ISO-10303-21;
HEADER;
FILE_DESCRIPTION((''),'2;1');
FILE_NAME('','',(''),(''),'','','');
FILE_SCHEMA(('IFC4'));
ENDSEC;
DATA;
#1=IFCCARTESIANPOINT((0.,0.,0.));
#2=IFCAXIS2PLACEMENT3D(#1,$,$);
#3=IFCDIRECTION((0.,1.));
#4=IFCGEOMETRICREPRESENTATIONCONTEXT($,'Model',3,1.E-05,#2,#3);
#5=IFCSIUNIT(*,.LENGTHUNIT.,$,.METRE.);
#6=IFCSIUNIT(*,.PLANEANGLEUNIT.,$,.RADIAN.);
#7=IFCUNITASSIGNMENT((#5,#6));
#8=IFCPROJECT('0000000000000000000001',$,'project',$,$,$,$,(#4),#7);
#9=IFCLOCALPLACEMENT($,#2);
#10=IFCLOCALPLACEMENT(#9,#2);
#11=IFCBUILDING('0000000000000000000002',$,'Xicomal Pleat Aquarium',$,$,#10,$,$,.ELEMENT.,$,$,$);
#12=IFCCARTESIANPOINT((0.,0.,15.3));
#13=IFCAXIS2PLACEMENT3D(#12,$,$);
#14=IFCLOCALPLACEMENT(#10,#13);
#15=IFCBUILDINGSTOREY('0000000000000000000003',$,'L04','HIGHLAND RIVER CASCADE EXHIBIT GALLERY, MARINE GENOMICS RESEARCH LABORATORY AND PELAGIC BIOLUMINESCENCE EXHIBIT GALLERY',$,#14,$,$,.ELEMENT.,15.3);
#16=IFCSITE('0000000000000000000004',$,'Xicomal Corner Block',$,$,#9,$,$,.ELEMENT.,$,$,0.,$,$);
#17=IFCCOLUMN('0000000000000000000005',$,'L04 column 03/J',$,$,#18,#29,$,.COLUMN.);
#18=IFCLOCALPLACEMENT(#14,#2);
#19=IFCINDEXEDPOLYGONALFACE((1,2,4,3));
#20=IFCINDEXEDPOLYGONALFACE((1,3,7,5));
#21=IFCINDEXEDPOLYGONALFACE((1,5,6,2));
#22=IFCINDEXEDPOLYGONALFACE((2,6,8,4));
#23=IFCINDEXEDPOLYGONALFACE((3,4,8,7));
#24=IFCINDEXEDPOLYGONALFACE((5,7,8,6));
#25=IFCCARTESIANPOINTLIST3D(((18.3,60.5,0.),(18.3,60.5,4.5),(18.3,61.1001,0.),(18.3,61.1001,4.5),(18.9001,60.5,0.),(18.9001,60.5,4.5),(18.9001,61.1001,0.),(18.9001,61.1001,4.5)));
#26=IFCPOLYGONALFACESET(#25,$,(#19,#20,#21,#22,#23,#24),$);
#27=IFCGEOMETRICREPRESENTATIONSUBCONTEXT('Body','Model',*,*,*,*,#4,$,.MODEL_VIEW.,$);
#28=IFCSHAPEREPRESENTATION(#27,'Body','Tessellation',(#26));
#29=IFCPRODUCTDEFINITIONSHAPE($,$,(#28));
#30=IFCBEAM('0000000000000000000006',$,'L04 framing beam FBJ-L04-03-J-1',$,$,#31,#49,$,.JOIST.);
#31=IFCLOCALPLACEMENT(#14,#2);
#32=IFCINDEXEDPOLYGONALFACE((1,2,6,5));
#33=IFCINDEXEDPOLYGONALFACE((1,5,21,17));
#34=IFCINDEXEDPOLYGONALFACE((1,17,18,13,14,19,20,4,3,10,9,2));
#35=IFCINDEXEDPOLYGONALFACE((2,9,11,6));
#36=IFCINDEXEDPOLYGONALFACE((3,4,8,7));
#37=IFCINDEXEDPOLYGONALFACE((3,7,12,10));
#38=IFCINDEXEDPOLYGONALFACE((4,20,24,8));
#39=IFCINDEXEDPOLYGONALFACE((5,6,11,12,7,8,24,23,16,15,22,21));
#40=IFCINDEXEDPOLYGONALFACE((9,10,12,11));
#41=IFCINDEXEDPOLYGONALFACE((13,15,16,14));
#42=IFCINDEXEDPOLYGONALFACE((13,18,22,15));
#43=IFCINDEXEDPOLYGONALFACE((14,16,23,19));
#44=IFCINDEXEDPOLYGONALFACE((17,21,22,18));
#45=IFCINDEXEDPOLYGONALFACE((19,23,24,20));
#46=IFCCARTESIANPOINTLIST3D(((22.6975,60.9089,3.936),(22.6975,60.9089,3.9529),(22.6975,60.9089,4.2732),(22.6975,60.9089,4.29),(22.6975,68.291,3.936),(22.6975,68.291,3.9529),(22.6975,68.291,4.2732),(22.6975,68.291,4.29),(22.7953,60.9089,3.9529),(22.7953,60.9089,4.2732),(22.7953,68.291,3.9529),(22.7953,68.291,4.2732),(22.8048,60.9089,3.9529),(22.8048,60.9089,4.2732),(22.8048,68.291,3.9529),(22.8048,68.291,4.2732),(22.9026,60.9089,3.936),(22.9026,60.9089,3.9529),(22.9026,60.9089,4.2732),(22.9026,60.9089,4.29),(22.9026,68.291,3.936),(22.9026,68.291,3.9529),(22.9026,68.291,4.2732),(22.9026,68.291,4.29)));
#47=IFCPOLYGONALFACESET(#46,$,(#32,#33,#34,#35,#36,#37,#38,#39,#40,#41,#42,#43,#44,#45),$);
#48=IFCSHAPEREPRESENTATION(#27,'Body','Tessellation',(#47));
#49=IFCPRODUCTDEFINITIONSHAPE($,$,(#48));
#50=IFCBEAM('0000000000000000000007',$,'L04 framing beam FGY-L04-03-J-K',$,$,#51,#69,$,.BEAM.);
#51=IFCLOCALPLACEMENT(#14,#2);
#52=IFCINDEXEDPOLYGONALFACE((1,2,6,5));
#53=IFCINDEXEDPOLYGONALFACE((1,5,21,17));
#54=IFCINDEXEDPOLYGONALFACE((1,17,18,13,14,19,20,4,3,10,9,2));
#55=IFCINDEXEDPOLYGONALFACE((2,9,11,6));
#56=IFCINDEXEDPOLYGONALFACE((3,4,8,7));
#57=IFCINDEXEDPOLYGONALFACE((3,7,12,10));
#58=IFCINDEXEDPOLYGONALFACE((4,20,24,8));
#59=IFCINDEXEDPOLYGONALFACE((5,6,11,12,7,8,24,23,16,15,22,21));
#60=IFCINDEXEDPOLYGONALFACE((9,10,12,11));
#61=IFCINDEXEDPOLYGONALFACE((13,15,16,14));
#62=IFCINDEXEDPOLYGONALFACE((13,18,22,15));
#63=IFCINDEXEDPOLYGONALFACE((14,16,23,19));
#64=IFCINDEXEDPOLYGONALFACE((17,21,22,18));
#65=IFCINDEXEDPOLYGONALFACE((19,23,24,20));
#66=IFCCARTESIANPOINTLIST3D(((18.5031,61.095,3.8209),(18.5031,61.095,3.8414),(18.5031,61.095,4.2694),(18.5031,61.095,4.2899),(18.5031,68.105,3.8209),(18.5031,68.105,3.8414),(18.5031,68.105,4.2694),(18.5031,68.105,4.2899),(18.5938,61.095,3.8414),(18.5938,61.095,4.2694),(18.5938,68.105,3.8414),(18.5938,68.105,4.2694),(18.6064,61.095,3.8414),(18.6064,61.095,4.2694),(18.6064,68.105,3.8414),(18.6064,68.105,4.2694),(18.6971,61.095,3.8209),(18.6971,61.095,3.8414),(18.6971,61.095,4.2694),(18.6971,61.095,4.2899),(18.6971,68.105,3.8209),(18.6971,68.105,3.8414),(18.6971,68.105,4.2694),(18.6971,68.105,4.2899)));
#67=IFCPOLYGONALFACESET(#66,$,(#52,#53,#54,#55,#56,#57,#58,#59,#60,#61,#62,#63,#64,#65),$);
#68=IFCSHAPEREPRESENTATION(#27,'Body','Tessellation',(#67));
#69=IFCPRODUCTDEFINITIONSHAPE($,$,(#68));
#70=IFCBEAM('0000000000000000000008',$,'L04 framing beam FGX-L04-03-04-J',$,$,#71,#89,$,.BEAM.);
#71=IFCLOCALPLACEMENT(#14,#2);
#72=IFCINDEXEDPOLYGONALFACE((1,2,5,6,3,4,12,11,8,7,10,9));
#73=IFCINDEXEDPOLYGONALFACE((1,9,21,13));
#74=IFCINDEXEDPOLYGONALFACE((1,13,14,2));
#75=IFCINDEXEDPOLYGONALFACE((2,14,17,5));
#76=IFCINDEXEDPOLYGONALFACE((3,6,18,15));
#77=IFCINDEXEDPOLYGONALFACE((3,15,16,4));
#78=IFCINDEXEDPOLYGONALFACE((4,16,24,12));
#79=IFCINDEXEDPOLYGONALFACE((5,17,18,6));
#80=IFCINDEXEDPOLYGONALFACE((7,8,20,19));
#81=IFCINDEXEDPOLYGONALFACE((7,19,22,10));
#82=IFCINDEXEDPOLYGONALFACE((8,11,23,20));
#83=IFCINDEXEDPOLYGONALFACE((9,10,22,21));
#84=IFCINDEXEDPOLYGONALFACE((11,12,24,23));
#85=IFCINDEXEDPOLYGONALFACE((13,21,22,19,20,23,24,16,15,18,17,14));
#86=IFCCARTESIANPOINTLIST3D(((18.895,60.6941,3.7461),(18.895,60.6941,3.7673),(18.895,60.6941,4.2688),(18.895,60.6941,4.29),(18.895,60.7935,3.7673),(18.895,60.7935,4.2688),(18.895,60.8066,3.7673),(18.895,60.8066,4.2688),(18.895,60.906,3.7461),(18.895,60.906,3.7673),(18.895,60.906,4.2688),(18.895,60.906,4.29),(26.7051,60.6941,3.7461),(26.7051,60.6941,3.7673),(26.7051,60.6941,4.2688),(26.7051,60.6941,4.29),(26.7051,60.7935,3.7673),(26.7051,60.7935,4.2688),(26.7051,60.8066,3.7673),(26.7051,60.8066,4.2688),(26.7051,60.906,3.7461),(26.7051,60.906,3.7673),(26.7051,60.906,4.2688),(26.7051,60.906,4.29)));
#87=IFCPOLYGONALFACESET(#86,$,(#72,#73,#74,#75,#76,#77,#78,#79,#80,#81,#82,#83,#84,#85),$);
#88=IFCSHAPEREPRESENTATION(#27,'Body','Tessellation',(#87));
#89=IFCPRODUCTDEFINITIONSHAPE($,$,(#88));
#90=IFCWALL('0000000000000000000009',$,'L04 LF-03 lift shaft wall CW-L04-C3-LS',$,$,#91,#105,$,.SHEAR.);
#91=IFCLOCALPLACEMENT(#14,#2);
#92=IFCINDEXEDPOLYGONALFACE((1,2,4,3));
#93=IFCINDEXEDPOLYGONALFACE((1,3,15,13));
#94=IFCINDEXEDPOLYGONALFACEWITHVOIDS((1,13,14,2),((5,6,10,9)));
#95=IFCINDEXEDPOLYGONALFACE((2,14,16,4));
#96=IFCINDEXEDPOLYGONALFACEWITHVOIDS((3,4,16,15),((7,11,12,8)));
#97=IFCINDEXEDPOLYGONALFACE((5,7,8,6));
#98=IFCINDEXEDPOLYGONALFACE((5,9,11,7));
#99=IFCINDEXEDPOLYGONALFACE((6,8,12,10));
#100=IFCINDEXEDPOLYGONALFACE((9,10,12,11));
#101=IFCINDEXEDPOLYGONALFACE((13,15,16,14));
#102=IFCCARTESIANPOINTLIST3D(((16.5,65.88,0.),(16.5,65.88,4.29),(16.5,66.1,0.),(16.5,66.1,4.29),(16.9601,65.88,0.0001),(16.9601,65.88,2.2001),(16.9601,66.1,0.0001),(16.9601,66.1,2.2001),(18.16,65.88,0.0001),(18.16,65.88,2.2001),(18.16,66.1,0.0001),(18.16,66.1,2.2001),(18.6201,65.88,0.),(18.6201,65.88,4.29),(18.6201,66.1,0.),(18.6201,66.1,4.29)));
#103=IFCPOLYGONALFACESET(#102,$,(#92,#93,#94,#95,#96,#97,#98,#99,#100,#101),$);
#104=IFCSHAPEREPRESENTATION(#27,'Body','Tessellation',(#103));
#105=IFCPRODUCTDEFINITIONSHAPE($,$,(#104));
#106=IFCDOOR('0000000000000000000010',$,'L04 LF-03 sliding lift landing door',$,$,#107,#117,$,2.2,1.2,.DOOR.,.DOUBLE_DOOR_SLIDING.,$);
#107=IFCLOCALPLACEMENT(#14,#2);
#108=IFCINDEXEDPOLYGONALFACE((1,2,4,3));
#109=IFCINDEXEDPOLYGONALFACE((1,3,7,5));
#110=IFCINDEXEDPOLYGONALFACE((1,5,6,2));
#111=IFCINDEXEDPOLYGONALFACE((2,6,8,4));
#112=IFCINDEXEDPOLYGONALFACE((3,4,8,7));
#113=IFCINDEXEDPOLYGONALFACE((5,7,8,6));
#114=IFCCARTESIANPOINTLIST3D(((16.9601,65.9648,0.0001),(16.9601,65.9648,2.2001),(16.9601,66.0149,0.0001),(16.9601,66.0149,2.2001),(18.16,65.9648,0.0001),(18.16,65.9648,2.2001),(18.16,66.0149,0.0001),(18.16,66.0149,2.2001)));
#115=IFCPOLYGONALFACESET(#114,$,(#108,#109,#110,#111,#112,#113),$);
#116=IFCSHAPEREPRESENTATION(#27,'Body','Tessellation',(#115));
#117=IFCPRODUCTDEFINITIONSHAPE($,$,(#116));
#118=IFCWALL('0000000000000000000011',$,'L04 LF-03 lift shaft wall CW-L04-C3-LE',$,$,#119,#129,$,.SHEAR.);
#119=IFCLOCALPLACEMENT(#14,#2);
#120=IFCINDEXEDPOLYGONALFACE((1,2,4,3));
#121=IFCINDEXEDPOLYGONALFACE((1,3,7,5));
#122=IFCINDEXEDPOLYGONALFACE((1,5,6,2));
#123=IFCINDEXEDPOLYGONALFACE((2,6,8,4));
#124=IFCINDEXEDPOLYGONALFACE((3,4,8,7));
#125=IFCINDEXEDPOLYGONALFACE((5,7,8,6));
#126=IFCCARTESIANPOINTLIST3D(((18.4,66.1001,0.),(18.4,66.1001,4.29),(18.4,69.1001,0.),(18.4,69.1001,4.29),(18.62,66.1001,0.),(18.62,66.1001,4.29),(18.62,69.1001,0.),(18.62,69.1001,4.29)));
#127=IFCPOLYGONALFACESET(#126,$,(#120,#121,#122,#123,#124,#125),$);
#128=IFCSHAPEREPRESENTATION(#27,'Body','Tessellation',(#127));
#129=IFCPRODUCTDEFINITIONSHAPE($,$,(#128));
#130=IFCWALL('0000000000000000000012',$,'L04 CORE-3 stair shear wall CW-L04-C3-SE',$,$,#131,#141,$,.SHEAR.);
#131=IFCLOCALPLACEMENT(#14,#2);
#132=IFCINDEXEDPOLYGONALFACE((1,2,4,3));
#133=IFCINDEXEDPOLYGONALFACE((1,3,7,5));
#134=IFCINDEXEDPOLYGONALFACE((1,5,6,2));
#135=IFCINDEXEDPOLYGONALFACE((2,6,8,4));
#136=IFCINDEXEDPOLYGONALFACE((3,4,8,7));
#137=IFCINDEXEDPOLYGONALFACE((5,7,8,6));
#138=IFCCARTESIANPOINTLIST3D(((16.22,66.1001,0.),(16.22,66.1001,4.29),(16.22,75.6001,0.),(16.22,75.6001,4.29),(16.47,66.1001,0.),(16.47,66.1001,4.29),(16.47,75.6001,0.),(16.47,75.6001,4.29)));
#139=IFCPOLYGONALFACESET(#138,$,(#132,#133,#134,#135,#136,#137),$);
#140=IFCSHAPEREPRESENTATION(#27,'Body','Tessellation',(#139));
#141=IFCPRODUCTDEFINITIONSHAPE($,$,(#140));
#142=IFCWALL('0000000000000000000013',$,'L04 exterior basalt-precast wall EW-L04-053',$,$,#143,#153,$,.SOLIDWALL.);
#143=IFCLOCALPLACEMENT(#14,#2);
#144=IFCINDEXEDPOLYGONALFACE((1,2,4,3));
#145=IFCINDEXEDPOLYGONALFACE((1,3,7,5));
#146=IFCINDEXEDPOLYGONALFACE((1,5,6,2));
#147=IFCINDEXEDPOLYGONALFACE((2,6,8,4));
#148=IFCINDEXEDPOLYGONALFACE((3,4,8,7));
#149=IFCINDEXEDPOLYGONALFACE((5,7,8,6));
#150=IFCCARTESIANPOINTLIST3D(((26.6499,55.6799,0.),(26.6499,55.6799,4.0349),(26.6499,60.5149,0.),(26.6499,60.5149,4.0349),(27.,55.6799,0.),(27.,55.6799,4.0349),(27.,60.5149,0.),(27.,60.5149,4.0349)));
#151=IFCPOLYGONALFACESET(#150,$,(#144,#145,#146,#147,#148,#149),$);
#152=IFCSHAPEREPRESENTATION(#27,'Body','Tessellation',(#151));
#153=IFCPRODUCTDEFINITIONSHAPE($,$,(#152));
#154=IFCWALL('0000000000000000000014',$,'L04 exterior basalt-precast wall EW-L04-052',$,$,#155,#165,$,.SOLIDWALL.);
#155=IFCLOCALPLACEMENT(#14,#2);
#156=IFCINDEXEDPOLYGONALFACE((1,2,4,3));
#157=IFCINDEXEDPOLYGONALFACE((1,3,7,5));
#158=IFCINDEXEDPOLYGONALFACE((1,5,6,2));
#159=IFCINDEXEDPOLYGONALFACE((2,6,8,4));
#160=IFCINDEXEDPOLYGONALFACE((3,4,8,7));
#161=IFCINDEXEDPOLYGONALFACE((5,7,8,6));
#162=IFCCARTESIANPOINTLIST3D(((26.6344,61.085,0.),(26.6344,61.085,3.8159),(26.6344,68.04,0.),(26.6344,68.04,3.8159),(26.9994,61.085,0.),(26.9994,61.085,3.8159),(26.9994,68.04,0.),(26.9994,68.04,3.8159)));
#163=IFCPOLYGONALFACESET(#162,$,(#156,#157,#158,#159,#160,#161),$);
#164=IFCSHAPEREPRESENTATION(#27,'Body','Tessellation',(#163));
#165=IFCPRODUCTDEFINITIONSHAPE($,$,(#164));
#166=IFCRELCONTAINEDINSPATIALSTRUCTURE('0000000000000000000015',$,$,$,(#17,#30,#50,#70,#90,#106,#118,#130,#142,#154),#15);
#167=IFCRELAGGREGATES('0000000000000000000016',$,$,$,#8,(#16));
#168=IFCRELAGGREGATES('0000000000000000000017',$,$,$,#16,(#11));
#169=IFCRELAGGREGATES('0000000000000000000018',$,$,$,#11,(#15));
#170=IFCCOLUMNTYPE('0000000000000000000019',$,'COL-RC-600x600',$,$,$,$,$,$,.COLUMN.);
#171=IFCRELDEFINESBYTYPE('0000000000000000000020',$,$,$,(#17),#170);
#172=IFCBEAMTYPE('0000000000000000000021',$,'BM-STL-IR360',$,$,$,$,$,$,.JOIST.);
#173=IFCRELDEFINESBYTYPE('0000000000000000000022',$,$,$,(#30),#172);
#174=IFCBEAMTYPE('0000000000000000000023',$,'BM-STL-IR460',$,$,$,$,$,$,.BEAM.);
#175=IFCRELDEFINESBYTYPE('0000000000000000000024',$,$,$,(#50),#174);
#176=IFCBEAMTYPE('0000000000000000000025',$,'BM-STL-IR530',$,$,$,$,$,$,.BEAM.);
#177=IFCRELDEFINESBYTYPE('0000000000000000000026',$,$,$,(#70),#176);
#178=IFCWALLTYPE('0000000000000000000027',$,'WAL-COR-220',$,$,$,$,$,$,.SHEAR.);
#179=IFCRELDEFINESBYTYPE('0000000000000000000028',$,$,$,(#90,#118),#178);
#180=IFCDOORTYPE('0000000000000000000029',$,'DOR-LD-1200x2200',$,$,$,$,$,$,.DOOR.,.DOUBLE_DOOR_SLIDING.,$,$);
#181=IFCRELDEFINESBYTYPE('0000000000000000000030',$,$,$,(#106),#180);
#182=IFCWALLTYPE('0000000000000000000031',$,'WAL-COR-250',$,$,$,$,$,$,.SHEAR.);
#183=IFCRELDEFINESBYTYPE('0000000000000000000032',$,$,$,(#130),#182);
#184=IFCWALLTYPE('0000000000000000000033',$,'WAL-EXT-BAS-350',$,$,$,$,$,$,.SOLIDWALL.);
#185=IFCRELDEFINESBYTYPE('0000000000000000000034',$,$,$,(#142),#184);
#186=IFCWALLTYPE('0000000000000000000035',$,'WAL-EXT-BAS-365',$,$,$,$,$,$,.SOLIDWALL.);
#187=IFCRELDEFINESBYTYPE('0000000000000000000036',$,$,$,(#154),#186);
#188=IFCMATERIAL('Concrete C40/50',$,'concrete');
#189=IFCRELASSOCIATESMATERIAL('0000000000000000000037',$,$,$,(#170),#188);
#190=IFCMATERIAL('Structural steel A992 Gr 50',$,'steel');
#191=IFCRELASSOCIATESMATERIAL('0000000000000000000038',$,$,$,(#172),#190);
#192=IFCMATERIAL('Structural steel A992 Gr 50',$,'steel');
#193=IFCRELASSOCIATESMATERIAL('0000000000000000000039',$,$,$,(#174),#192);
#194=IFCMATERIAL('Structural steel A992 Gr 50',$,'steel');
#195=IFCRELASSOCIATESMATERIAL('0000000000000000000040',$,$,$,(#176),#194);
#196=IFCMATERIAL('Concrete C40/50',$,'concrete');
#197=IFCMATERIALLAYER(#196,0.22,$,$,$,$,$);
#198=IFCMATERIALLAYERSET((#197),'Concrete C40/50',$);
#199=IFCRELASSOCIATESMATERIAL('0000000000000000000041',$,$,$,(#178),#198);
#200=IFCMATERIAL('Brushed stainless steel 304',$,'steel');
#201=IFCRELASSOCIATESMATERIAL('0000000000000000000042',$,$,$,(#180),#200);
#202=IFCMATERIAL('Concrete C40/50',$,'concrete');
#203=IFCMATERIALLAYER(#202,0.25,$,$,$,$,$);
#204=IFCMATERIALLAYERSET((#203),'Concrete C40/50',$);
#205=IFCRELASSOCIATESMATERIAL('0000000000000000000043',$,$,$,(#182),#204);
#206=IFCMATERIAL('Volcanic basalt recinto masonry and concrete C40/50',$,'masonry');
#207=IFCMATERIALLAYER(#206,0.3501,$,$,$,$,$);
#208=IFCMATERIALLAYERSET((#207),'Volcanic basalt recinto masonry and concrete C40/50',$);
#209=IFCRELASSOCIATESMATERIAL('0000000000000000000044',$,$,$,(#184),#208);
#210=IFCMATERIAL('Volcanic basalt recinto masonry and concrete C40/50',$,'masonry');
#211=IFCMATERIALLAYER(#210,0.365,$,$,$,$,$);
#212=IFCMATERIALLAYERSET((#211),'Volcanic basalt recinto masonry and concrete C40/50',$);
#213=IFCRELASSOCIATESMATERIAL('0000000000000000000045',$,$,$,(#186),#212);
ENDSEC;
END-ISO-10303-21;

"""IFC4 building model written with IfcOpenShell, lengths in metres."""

from ifc_helpers import new_model, si_unit, direction, frame, frame_2d, origin, origin_2d, place, context, subcontext, project, spatial, rectangle, i_section, extrude, material, layer, layer_set, material_profile, profile_set, type_object, element, fill, save


model = new_model("IFC4")

# Units and contexts
model_context = context("Model", 3, precision=1e-05, world=origin(), true_north=direction((0.0, 1.0)))
body_context = subcontext(model_context, "Body", "Model", "MODEL_VIEW")
ifc_project = project(units=[si_unit("LENGTHUNIT", "METRE"), si_unit("PLANEANGLEUNIT", "RADIAN")], contexts=[model_context])

# Site, building, storey
site_placement = place(None, origin())
site = spatial("IfcSite", under=ifc_project, at=site_placement, Name="Xicomal Corner Block", CompositionType="ELEMENT", RefElevation=0.0)
building_placement = place(site_placement, origin())
building = spatial("IfcBuilding", under=site, at=building_placement, Name="Xicomal Pleat Aquarium", CompositionType="ELEMENT")
storey_placement = place(building_placement, frame((0.0, 0.0, 15.3)))
storey = spatial("IfcBuildingStorey", under=building, at=storey_placement, Name="L04", Description="HIGHLAND RIVER CASCADE EXHIBIT GALLERY, MARINE GENOMICS RESEARCH LABORATORY AND PELAGIC BIOLUMINESCENCE EXHIBIT GALLERY", CompositionType="ELEMENT", Elevation=15.3)

# Column
ifc_material_1 = material(Name="Concrete C40/50", Category="concrete")
ifc_material_profile_1 = material_profile(ifc_material_1, rectangle(XDim=0.6001, YDim=0.6001, at=origin_2d()), Name="RC 600x600")
ifc_profile_set_1 = profile_set([ifc_material_profile_1], Name="Concrete C40/50")
column_type = type_object("IfcColumnType", Name="COL-RC-600x600", PredefinedType="COLUMN", material=ifc_profile_set_1)
column_placement = place(storey_placement, frame((18.6001, 60.8, 0.0), z_axis=(0.0, 0.0, 1.0), x_axis=(1.0, 0.0, 0.0)))
element("IfcColumn", 1, at=column_placement, inside=storey, type_object=column_type, Name="L04 column 03/J", PredefinedType="COLUMN", context=body_context, shape_type="SweptSolid", body=[
    extrude(rectangle(XDim=0.6001, YDim=0.6001, at=origin_2d()), origin(), (0.0, 0.0, 1.0), 4.5),
])

# Beams
ifc_material_2 = material(Name="Structural steel A992 Gr 50", Category="steel")
ifc_material_profile_2 = material_profile(ifc_material_2, i_section(OverallWidth=0.2051, OverallDepth=0.354, WebThickness=0.0095, FlangeThickness=0.0168, at=origin_2d()), Name="IR 360x79")
ifc_profile_set_2 = profile_set([ifc_material_profile_2], Name="Structural steel A992 Gr 50")
beam_type_1 = type_object("IfcBeamType", Name="BM-STL-IR360", PredefinedType="JOIST", material=ifc_profile_set_2)
beam_1_placement = place(storey_placement, frame((22.8, 60.9089, 4.113), z_axis=(0.0, 1.0, 0.0), x_axis=(-1.0, 0.0, 0.0)))
element("IfcBeam", 2, at=beam_1_placement, inside=storey, type_object=beam_type_1, Name="L04 framing beam FBJ-L04-03-J-1", PredefinedType="JOIST", context=body_context, shape_type="SweptSolid", body=[
    extrude(i_section(OverallWidth=0.2051, OverallDepth=0.354, WebThickness=0.0095, FlangeThickness=0.0168, at=origin_2d()), origin(), (0.0, 0.0, 1.0), 7.3821),
])
ifc_material_3 = material(Name="Structural steel A992 Gr 50", Category="steel")
ifc_material_profile_3 = material_profile(ifc_material_3, i_section(OverallWidth=0.1941, OverallDepth=0.469, WebThickness=0.0127, FlangeThickness=0.0205, at=origin_2d()), Name="IR 460x106")
ifc_profile_set_3 = profile_set([ifc_material_profile_3], Name="Structural steel A992 Gr 50")
beam_type_2 = type_object("IfcBeamType", Name="BM-STL-IR460", PredefinedType="BEAM", material=ifc_profile_set_3)
beam_2_placement = place(storey_placement, frame((18.6001, 61.095, 4.0554), z_axis=(0.0, 1.0, 0.0), x_axis=(-1.0, 0.0, 0.0)))
element("IfcBeam", 3, at=beam_2_placement, inside=storey, type_object=beam_type_2, Name="L04 framing beam FGY-L04-03-J-K", PredefinedType="BEAM", context=body_context, shape_type="SweptSolid", body=[
    extrude(i_section(OverallWidth=0.1941, OverallDepth=0.469, WebThickness=0.0127, FlangeThickness=0.0205, at=origin_2d()), origin(), (0.0, 0.0, 1.0), 7.01),
])
ifc_material_4 = material(Name="Structural steel A992 Gr 50", Category="steel")
ifc_material_profile_4 = material_profile(ifc_material_4, i_section(OverallWidth=0.2119, OverallDepth=0.5439, WebThickness=0.0132, FlangeThickness=0.0212, at=origin_2d()), Name="IR 530x123")
ifc_profile_set_4 = profile_set([ifc_material_profile_4], Name="Structural steel A992 Gr 50")
beam_type_3 = type_object("IfcBeamType", Name="BM-STL-IR530", PredefinedType="BEAM", material=ifc_profile_set_4)
beam_3_placement = place(storey_placement, frame((18.895, 60.8, 4.0181), z_axis=(1.0, 0.0, 0.0), x_axis=(0.0, 1.0, 0.0)))
element("IfcBeam", 4, at=beam_3_placement, inside=storey, type_object=beam_type_3, Name="L04 framing beam FGX-L04-03-04-J", PredefinedType="BEAM", context=body_context, shape_type="SweptSolid", body=[
    extrude(i_section(OverallWidth=0.2119, OverallDepth=0.5439, WebThickness=0.0132, FlangeThickness=0.0212, at=origin_2d()), origin(), (0.0, 0.0, 1.0), 7.8101),
])

# Wall, opening, door
ifc_material_5 = material(Name="Concrete C40/50", Category="concrete")
ifc_layer_1 = layer(ifc_material_5, 0.22)
ifc_layer_set_1 = layer_set([ifc_layer_1], Name="Concrete C40/50")
wall_type_1 = type_object("IfcWallType", Name="WAL-COR-220", PredefinedType="SHEAR", material=ifc_layer_set_1)
wall_1_placement = place(storey_placement, frame((16.5, 65.99, 0.0), z_axis=(0.0, 0.0, 1.0), x_axis=(1.0, 0.0, 0.0)))
wall_1 = element("IfcWall", 5, at=wall_1_placement, inside=storey, type_object=wall_type_1, Name="L04 LF-03 lift shaft wall CW-L04-C3-LS", PredefinedType="SHEAR", context=body_context, shape_type="SweptSolid", body=[
    extrude(rectangle(XDim=2.1201, YDim=0.22, at=frame_2d((1.0601, 0.0))), origin(), (0.0, 0.0, 1.0), 4.29),
])
opening_1_placement = place(wall_1_placement, frame((0.46, 0.0, 0.0)))
opening_1 = element("IfcOpeningElement", 6, at=opening_1_placement, cuts=wall_1, PredefinedType="OPENING", context=body_context, shape_type="SweptSolid", body=[
    extrude(rectangle(XDim=1.2, YDim=2.2, at=frame_2d((0.6001, 1.1001))), frame((0.0, 0.1199, 0.0), z_axis=(0.0, -1.0, 0.0), x_axis=(1.0, 0.0, 0.0)), (0.0, 0.0, 1.0), 0.24),
])
ifc_material_6 = material(Name="Brushed stainless steel 304", Category="steel")
door_type_1 = type_object("IfcDoorType", Name="DOR-LD-1200x2200", OperationType="DOUBLE_DOOR_SLIDING", PredefinedType="DOOR", material=ifc_material_6)
door_1_placement = place(opening_1_placement, origin())
door_1 = element("IfcDoor", 7, at=door_1_placement, inside=storey, type_object=door_type_1, Name="L04 LF-03 sliding lift landing door", OperationType="DOUBLE_DOOR_SLIDING", OverallHeight=2.2, OverallWidth=1.2, PredefinedType="DOOR", context=body_context, shape_type="SweptSolid", body=[
    extrude(rectangle(XDim=1.2, YDim=2.2, at=frame_2d((0.6001, 1.1001))), frame((0.0, 0.0249, 0.0), z_axis=(0.0, -1.0, 0.0), x_axis=(1.0, 0.0, 0.0)), (0.0, 0.0, 1.0), 0.05),
])
fill(opening_1, door_1)

# Walls
wall_2_placement = place(storey_placement, frame((18.51, 66.1001, 0.0), z_axis=(0.0, 0.0, 1.0), x_axis=(0.0, 1.0, 0.0)))
element("IfcWall", 8, at=wall_2_placement, inside=storey, type_object=wall_type_1, Name="L04 LF-03 lift shaft wall CW-L04-C3-LE", PredefinedType="SHEAR", context=body_context, shape_type="SweptSolid", body=[
    extrude(rectangle(XDim=3.0, YDim=0.22, at=frame_2d((1.5, 0.0))), origin(), (0.0, 0.0, 1.0), 4.29),
])
ifc_material_7 = material(Name="Concrete C40/50", Category="concrete")
ifc_layer_2 = layer(ifc_material_7, 0.25)
ifc_layer_set_2 = layer_set([ifc_layer_2], Name="Concrete C40/50")
wall_type_2 = type_object("IfcWallType", Name="WAL-COR-250", PredefinedType="SHEAR", material=ifc_layer_set_2)
wall_3_placement = place(storey_placement, frame((16.345, 66.1001, 0.0), z_axis=(0.0, 0.0, 1.0), x_axis=(0.0, 1.0, 0.0)))
element("IfcWall", 9, at=wall_3_placement, inside=storey, type_object=wall_type_2, Name="L04 CORE-3 stair shear wall CW-L04-C3-SE", PredefinedType="SHEAR", context=body_context, shape_type="SweptSolid", body=[
    extrude(rectangle(XDim=9.5, YDim=0.25, at=frame_2d((4.75, 0.0))), origin(), (0.0, 0.0, 1.0), 4.29),
])
ifc_material_8 = material(Name="Volcanic basalt recinto masonry and concrete C40/50", Category="masonry")
ifc_layer_3 = layer(ifc_material_8, 0.3501)
ifc_layer_set_3 = layer_set([ifc_layer_3], Name="Volcanic basalt recinto masonry and concrete C40/50")
wall_type_3 = type_object("IfcWallType", Name="WAL-EXT-BAS-350", PredefinedType="SOLIDWALL", material=ifc_layer_set_3)
wall_4_placement = place(storey_placement, frame((26.825, 60.5149, 0.0), z_axis=(0.0, 0.0, 1.0), x_axis=(0.0, -1.0, 0.0)))
element("IfcWall", 10, at=wall_4_placement, inside=storey, type_object=wall_type_3, Name="L04 exterior basalt-precast wall EW-L04-053", PredefinedType="SOLIDWALL", context=body_context, shape_type="SweptSolid", body=[
    extrude(rectangle(XDim=4.835, YDim=0.3501, at=frame_2d((2.4175, 0.0))), origin(), (0.0, 0.0, 1.0), 4.0349),
])
ifc_material_9 = material(Name="Volcanic basalt recinto masonry and concrete C40/50", Category="masonry")
ifc_layer_4 = layer(ifc_material_9, 0.365)
ifc_layer_set_4 = layer_set([ifc_layer_4], Name="Volcanic basalt recinto masonry and concrete C40/50")
wall_type_4 = type_object("IfcWallType", Name="WAL-EXT-BAS-365", PredefinedType="SOLIDWALL", material=ifc_layer_set_4)
wall_5_placement = place(storey_placement, frame((26.8169, 68.04, 0.0), z_axis=(0.0, 0.0, 1.0), x_axis=(0.0, -1.0, 0.0)))
element("IfcWall", 11, at=wall_5_placement, inside=storey, type_object=wall_type_4, Name="L04 exterior basalt-precast wall EW-L04-052", PredefinedType="SOLIDWALL", context=body_context, shape_type="SweptSolid", body=[
    extrude(rectangle(XDim=6.9551, YDim=0.365, at=frame_2d((3.4775, 0.0))), origin(), (0.0, 0.0, 1.0), 3.8159),
])

save(model, "model.ifc")
